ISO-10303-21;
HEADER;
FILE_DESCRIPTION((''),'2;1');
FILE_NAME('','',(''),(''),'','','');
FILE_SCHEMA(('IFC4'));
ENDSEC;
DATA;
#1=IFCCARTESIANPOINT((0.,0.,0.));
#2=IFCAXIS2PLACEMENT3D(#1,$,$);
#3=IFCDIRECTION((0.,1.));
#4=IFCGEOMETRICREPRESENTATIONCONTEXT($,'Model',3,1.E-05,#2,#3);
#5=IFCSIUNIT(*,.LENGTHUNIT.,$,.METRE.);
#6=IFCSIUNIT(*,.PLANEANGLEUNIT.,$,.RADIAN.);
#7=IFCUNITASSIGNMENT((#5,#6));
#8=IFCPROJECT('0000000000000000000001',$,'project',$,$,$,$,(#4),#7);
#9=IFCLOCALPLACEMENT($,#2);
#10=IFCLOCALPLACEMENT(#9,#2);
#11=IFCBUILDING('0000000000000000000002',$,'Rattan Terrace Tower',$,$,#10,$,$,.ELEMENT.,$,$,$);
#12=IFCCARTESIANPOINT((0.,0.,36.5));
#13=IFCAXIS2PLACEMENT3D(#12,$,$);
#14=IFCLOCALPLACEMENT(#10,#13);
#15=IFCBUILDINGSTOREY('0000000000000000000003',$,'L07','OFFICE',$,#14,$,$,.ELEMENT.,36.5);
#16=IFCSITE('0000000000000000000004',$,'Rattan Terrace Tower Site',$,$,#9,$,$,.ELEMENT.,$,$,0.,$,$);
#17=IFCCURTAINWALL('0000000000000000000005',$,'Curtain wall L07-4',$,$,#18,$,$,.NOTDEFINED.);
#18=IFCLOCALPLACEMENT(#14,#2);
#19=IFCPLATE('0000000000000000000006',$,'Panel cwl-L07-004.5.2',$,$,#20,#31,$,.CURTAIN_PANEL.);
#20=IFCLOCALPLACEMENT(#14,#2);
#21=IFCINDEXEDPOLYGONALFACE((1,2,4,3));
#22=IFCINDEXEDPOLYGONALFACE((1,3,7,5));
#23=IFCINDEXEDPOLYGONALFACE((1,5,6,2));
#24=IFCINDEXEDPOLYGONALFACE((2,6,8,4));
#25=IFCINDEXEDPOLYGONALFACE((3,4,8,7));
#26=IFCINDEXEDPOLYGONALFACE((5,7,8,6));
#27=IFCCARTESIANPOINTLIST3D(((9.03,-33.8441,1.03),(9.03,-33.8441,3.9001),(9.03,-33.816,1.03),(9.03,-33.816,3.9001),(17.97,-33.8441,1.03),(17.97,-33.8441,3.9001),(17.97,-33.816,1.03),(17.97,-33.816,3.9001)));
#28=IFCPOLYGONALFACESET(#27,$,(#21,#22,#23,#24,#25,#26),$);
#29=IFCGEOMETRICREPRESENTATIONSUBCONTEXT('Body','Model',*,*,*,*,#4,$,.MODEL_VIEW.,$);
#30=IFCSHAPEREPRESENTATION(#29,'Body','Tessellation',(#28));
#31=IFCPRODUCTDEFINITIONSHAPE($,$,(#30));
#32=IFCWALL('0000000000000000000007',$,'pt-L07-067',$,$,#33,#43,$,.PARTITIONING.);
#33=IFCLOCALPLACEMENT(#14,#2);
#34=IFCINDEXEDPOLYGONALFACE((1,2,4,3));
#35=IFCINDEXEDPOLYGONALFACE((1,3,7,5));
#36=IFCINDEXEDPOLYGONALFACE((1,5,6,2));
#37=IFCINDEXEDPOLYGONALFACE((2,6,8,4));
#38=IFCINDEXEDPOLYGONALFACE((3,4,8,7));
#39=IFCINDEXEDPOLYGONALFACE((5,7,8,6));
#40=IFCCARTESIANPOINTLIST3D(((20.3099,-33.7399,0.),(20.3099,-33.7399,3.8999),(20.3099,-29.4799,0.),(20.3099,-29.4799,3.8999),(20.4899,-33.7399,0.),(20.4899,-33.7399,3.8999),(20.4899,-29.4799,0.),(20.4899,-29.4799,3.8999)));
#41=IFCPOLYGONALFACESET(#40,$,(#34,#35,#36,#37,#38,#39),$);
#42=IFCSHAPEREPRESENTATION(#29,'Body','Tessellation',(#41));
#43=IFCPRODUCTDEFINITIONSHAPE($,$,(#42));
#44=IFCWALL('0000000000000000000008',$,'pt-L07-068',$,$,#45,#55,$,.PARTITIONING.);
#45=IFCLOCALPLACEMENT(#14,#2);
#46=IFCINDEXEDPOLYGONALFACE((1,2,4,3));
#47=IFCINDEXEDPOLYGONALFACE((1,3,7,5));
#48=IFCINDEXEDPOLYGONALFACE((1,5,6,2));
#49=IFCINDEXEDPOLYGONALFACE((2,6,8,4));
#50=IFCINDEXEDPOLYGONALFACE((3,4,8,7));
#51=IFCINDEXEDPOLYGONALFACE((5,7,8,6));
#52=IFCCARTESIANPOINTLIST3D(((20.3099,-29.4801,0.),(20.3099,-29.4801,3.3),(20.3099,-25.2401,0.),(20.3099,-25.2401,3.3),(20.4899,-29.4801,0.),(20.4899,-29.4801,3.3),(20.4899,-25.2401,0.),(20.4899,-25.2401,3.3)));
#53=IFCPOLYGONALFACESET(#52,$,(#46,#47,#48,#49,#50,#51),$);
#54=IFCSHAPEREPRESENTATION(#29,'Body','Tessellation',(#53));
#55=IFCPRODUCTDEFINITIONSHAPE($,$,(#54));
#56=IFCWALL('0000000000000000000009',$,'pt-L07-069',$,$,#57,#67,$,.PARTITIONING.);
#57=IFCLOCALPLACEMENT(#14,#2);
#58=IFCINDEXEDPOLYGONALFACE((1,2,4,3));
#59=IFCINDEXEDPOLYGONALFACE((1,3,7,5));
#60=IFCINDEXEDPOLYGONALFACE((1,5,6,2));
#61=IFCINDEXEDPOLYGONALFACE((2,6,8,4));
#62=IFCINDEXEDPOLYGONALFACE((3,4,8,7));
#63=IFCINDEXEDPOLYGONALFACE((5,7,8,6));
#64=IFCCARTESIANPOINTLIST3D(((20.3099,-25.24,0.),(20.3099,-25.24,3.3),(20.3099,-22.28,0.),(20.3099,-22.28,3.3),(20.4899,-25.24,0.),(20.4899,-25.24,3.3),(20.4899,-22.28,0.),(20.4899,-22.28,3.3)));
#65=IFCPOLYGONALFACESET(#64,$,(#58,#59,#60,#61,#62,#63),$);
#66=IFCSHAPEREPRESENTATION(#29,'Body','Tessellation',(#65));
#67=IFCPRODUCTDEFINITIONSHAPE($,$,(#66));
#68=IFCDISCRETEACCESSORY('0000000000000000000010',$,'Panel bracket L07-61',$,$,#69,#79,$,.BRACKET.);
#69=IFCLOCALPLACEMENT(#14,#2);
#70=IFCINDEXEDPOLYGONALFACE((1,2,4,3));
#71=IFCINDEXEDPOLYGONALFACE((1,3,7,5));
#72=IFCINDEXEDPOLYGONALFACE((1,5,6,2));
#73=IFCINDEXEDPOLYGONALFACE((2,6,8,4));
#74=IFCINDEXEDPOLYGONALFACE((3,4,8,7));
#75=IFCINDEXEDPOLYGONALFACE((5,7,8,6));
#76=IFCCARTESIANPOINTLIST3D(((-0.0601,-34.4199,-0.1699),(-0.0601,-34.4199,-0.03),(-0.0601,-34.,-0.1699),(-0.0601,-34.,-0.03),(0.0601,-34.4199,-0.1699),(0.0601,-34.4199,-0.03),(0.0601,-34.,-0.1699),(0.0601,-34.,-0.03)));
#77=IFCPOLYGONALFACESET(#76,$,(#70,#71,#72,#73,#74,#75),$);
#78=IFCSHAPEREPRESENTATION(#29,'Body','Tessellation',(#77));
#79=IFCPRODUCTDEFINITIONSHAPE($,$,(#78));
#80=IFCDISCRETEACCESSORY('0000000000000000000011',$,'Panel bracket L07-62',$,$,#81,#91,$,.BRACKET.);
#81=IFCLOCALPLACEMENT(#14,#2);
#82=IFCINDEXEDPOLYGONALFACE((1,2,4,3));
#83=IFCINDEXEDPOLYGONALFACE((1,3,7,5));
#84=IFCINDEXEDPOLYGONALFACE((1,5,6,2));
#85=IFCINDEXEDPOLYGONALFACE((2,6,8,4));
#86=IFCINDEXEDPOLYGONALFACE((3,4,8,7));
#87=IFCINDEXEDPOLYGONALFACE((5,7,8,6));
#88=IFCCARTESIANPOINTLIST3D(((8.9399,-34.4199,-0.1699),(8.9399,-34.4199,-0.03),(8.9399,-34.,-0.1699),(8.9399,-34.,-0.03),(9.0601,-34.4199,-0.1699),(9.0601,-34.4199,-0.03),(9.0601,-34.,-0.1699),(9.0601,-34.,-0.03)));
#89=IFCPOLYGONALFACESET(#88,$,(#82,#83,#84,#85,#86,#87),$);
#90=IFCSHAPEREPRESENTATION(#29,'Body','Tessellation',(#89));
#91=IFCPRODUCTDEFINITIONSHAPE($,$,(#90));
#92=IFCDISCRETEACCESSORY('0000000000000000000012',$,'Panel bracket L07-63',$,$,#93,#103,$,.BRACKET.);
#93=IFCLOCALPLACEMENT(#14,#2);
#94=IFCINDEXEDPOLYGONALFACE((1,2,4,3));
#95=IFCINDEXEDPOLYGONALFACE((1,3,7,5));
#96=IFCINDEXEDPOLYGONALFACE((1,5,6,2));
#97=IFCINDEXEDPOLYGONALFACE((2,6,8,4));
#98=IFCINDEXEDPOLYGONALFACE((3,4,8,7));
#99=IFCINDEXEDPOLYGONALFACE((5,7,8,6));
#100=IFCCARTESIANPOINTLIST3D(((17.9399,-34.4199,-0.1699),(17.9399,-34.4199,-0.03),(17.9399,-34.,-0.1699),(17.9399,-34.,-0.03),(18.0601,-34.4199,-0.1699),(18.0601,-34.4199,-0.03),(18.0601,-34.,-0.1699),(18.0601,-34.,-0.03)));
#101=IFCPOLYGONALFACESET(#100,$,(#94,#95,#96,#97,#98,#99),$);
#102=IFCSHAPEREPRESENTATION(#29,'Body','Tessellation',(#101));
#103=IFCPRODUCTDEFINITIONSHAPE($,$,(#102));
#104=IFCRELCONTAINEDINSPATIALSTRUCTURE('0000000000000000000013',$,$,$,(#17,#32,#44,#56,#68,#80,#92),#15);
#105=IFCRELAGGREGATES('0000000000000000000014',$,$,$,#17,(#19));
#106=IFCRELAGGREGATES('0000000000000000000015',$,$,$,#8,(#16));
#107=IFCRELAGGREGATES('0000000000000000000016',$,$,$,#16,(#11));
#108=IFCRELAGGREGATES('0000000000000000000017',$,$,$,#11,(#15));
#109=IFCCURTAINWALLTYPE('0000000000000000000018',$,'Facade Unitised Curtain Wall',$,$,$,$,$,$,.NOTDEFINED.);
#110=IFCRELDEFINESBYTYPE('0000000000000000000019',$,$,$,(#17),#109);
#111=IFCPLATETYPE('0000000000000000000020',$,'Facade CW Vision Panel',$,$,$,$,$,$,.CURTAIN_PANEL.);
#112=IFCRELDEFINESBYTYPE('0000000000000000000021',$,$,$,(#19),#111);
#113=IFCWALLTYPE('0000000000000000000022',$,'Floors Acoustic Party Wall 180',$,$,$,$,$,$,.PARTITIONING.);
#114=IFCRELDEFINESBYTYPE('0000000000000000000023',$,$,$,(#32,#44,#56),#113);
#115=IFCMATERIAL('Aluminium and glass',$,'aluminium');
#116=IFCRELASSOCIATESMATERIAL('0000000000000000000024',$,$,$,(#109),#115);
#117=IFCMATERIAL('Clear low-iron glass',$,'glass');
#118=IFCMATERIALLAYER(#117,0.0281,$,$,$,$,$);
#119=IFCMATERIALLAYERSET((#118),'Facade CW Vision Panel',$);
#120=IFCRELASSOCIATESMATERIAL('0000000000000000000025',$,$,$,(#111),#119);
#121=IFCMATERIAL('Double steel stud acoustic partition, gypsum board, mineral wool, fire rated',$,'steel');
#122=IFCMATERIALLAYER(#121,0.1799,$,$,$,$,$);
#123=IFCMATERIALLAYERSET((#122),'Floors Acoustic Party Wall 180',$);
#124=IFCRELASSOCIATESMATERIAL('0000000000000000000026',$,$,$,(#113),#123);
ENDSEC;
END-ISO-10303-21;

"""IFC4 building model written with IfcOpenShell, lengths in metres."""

from ifc_helpers import new_model, si_unit, direction, frame, frame_2d, origin, origin_2d, place, context, subcontext, project, spatial, rectangle, extrude, material, layer, layer_set, type_object, element, aggregate, save


model = new_model("IFC4")

# Units and contexts
model_context = context("Model", 3, precision=1e-05, world=origin(), true_north=direction((0.0, 1.0)))
body_context = subcontext(model_context, "Body", "Model", "MODEL_VIEW")
ifc_project = project(units=[si_unit("LENGTHUNIT", "METRE"), si_unit("PLANEANGLEUNIT", "RADIAN")], contexts=[model_context])

# Site, building, storey
site_placement = place(None, origin())
site = spatial("IfcSite", under=ifc_project, at=site_placement, Name="Rattan Terrace Tower Site", CompositionType="ELEMENT", RefElevation=0.0)
building_placement = place(site_placement, origin())
building = spatial("IfcBuilding", under=site, at=building_placement, Name="Rattan Terrace Tower", CompositionType="ELEMENT")
storey_placement = place(building_placement, frame((0.0, 0.0, 36.5)))
storey = spatial("IfcBuildingStorey", under=building, at=storey_placement, Name="L07", Description="OFFICE", CompositionType="ELEMENT", Elevation=36.5)

# Curtain wall
ifc_material_1 = material(Name="Aluminium and glass", Category="aluminium")
curtain_wall_type = type_object("IfcCurtainWallType", Name="Facade Unitised Curtain Wall", PredefinedType="NOTDEFINED", material=ifc_material_1)
curtain_wall_placement = place(storey_placement, origin())
curtain_wall = element("IfcCurtainWall", 1, at=curtain_wall_placement, inside=storey, type_object=curtain_wall_type, Name="Curtain wall L07-4", PredefinedType="NOTDEFINED")

# Plate
ifc_material_2 = material(Name="Clear low-iron glass", Category="glass")
ifc_layer_1 = layer(ifc_material_2, 0.0281)
ifc_layer_set_1 = layer_set([ifc_layer_1], Name="Facade CW Vision Panel")
plate_type_1 = type_object("IfcPlateType", Name="Facade CW Vision Panel", PredefinedType="CURTAIN_PANEL", material=ifc_layer_set_1)
plate_1_placement = place(storey_placement, frame((13.5, -33.8301, 1.03), z_axis=(0.0, 0.0, 1.0), x_axis=(1.0, 0.0, 0.0)))
plate_1 = element("IfcPlate", 2, at=plate_1_placement, type_object=plate_type_1, Name="Panel cwl-L07-004.5.2", PredefinedType="CURTAIN_PANEL", context=body_context, shape_type="SweptSolid", body=[
    extrude(rectangle(XDim=8.9399, YDim=0.0281, at=origin_2d()), origin(), (0.0, 0.0, 1.0), 2.8701),
])
aggregate(curtain_wall, [plate_1])

# Walls
ifc_material_3 = material(Name="Double steel stud acoustic partition, gypsum board, mineral wool, fire rated", Category="steel")
ifc_layer_2 = layer(ifc_material_3, 0.1799)
ifc_layer_set_2 = layer_set([ifc_layer_2], Name="Floors Acoustic Party Wall 180")
wall_type = type_object("IfcWallType", Name="Floors Acoustic Party Wall 180", PredefinedType="PARTITIONING", material=ifc_layer_set_2)
wall_1_placement = place(storey_placement, frame((20.3999, -29.48, 0.0), z_axis=(0.0, 0.0, 1.0), x_axis=(0.0, -1.0, 0.0)))
element("IfcWall", 3, at=wall_1_placement, inside=storey, type_object=wall_type, Name="pt-L07-067", PredefinedType="PARTITIONING", context=body_context, shape_type="SweptSolid", body=[
    extrude(rectangle(XDim=4.26, YDim=0.1799, at=frame_2d((2.1299, 0.0))), origin(), (0.0, 0.0, 1.0), 3.8999),
])
wall_2_placement = place(storey_placement, frame((20.3999, -25.24, 0.0), z_axis=(0.0, 0.0, 1.0), x_axis=(0.0, -1.0, 0.0)))
element("IfcWall", 4, at=wall_2_placement, inside=storey, type_object=wall_type, Name="pt-L07-068", PredefinedType="PARTITIONING", context=body_context, shape_type="SweptSolid", body=[
    extrude(rectangle(XDim=4.24, YDim=0.1799, at=frame_2d((2.1201, 0.0))), origin(), (0.0, 0.0, 1.0), 3.3),
])
wall_3_placement = place(storey_placement, frame((20.3999, -22.28, 0.0), z_axis=(0.0, 0.0, 1.0), x_axis=(0.0, -1.0, 0.0)))
element("IfcWall", 5, at=wall_3_placement, inside=storey, type_object=wall_type, Name="pt-L07-069", PredefinedType="PARTITIONING", context=body_context, shape_type="SweptSolid", body=[
    extrude(rectangle(XDim=2.96, YDim=0.1799, at=frame_2d((1.48, 0.0))), origin(), (0.0, 0.0, 1.0), 3.3),
])

# Discrete accessories
for number, where, z_axis, x_axis, name in (
    (6, (0.0, -34.21, -0.1699), (0.0, 0.0, 1.0), (1.0, 0.0, 0.0), "Panel bracket L07-61"),
    (7, (9.0, -34.21, -0.1699), (0.0, 0.0, 1.0), (1.0, 0.0, 0.0), "Panel bracket L07-62"),
    (8, (18.0, -34.21, -0.1699), (0.0, 0.0, 1.0), (1.0, 0.0, 0.0), "Panel bracket L07-63"),
):
    element("IfcDiscreteAccessory", number, at=place(storey_placement, frame(where, z_axis=z_axis, x_axis=x_axis)), inside=storey, Name=name, PredefinedType="BRACKET", context=body_context, shape_type="SweptSolid", body=[
        extrude(rectangle(XDim=0.1201, YDim=0.4199, at=origin_2d()), origin(), (0.0, 0.0, 1.0), 0.1399),
    ])

save(model, "model.ifc")
